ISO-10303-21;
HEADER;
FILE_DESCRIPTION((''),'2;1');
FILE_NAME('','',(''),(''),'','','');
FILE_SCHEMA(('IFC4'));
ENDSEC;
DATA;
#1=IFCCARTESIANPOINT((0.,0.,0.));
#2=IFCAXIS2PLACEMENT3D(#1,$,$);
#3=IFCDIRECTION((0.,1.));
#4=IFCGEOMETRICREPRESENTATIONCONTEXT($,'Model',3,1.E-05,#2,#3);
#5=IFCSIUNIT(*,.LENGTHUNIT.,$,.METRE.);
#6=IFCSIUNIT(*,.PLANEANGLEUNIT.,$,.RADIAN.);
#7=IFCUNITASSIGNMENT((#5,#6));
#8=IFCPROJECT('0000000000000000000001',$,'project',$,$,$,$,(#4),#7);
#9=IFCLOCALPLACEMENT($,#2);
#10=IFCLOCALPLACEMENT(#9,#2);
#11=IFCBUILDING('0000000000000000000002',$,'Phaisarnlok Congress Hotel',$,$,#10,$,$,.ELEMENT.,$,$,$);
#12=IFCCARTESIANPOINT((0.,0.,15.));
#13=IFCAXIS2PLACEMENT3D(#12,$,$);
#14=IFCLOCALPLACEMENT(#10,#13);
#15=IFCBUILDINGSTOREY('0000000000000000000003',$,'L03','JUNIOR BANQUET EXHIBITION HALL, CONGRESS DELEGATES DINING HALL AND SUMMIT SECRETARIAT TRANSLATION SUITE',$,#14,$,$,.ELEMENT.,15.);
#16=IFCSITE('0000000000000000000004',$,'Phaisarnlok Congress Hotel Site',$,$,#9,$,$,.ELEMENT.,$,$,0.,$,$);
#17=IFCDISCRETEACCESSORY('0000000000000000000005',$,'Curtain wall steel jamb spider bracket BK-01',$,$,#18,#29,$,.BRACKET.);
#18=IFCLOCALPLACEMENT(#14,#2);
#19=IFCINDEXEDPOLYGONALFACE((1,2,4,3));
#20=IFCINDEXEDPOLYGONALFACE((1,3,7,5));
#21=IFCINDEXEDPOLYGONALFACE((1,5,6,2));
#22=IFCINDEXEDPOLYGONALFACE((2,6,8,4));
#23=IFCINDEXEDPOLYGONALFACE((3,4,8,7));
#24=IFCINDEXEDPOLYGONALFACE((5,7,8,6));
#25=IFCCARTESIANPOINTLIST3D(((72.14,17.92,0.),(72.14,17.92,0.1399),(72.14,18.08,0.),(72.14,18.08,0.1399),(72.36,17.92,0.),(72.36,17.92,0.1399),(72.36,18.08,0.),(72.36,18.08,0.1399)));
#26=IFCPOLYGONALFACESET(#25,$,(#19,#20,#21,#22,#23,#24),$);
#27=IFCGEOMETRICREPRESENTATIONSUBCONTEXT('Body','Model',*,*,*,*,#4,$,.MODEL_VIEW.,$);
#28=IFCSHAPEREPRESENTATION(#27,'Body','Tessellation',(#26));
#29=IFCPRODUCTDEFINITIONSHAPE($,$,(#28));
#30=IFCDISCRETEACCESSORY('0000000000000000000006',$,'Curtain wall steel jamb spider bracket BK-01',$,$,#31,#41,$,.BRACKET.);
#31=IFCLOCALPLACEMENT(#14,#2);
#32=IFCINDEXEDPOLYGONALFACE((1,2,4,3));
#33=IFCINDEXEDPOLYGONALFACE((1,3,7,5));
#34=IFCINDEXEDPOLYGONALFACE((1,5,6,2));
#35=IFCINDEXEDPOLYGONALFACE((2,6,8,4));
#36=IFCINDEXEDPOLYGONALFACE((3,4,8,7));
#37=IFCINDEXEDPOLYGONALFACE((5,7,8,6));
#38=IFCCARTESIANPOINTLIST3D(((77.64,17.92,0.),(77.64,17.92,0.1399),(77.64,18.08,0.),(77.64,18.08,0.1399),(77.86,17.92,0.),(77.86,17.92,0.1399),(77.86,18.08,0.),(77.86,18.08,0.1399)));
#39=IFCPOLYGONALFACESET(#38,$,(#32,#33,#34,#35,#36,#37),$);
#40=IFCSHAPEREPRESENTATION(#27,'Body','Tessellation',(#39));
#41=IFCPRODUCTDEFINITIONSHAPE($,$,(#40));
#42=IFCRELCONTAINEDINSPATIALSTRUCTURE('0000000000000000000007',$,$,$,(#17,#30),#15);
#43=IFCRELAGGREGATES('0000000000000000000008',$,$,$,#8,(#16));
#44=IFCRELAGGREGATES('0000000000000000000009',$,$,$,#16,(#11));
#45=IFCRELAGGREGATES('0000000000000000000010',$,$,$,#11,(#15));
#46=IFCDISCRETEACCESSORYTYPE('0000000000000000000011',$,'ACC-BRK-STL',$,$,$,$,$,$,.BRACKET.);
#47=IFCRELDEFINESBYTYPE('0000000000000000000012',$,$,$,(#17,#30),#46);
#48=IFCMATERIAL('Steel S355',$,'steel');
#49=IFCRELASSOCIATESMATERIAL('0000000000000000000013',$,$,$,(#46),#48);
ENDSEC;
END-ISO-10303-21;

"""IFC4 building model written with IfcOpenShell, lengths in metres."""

from ifc_helpers import new_model, si_unit, direction, frame, origin, origin_2d, place, context, subcontext, project, spatial, rectangle, extrude, material, type_object, element, save


model = new_model("IFC4")

# Units and contexts
model_context = context("Model", 3, precision=1e-05, world=origin(), true_north=direction((0.0, 1.0)))
body_context = subcontext(model_context, "Body", "Model", "MODEL_VIEW")
ifc_project = project(units=[si_unit("LENGTHUNIT", "METRE"), si_unit("PLANEANGLEUNIT", "RADIAN")], contexts=[model_context])

# Site, building, storey
site_placement = place(None, origin())
site = spatial("IfcSite", under=ifc_project, at=site_placement, Name="Phaisarnlok Congress Hotel Site", CompositionType="ELEMENT", RefElevation=0.0)
building_placement = place(site_placement, origin())
building = spatial("IfcBuilding", under=site, at=building_placement, Name="Phaisarnlok Congress Hotel", CompositionType="ELEMENT")
storey_placement = place(building_placement, frame((0.0, 0.0, 15.0)))
storey = spatial("IfcBuildingStorey", under=building, at=storey_placement, Name="L03", Description="JUNIOR BANQUET EXHIBITION HALL, CONGRESS DELEGATES DINING HALL AND SUMMIT SECRETARIAT TRANSLATION SUITE", CompositionType="ELEMENT", Elevation=15.0)

# Shared definitions
ifc_material_1 = material(Name="Steel S355", Category="steel")

# Discrete accessories
discrete_accessory_type = type_object("IfcDiscreteAccessoryType", Name="ACC-BRK-STL", PredefinedType="BRACKET", material=ifc_material_1)
for number, where, z_axis, x_axis, name in (
    (1, (72.25, 18.0, 0.0), (0.0, 0.0, 1.0), (1.0, 0.0, 0.0), "Curtain wall steel jamb spider bracket BK-01"),
    (2, (77.75, 18.0, 0.0), (0.0, 0.0, 1.0), (1.0, 0.0, 0.0), "Curtain wall steel jamb spider bracket BK-01"),
):
    element("IfcDiscreteAccessory", number, at=place(storey_placement, frame(where, z_axis=z_axis, x_axis=x_axis)), inside=storey, type_object=discrete_accessory_type, Name=name, PredefinedType="BRACKET", context=body_context, shape_type="SweptSolid", body=[
        extrude(rectangle(XDim=0.22, YDim=0.1599, at=origin_2d()), origin(), (0.0, 0.0, 1.0), 0.1399),
    ])

save(model, "model.ifc")
